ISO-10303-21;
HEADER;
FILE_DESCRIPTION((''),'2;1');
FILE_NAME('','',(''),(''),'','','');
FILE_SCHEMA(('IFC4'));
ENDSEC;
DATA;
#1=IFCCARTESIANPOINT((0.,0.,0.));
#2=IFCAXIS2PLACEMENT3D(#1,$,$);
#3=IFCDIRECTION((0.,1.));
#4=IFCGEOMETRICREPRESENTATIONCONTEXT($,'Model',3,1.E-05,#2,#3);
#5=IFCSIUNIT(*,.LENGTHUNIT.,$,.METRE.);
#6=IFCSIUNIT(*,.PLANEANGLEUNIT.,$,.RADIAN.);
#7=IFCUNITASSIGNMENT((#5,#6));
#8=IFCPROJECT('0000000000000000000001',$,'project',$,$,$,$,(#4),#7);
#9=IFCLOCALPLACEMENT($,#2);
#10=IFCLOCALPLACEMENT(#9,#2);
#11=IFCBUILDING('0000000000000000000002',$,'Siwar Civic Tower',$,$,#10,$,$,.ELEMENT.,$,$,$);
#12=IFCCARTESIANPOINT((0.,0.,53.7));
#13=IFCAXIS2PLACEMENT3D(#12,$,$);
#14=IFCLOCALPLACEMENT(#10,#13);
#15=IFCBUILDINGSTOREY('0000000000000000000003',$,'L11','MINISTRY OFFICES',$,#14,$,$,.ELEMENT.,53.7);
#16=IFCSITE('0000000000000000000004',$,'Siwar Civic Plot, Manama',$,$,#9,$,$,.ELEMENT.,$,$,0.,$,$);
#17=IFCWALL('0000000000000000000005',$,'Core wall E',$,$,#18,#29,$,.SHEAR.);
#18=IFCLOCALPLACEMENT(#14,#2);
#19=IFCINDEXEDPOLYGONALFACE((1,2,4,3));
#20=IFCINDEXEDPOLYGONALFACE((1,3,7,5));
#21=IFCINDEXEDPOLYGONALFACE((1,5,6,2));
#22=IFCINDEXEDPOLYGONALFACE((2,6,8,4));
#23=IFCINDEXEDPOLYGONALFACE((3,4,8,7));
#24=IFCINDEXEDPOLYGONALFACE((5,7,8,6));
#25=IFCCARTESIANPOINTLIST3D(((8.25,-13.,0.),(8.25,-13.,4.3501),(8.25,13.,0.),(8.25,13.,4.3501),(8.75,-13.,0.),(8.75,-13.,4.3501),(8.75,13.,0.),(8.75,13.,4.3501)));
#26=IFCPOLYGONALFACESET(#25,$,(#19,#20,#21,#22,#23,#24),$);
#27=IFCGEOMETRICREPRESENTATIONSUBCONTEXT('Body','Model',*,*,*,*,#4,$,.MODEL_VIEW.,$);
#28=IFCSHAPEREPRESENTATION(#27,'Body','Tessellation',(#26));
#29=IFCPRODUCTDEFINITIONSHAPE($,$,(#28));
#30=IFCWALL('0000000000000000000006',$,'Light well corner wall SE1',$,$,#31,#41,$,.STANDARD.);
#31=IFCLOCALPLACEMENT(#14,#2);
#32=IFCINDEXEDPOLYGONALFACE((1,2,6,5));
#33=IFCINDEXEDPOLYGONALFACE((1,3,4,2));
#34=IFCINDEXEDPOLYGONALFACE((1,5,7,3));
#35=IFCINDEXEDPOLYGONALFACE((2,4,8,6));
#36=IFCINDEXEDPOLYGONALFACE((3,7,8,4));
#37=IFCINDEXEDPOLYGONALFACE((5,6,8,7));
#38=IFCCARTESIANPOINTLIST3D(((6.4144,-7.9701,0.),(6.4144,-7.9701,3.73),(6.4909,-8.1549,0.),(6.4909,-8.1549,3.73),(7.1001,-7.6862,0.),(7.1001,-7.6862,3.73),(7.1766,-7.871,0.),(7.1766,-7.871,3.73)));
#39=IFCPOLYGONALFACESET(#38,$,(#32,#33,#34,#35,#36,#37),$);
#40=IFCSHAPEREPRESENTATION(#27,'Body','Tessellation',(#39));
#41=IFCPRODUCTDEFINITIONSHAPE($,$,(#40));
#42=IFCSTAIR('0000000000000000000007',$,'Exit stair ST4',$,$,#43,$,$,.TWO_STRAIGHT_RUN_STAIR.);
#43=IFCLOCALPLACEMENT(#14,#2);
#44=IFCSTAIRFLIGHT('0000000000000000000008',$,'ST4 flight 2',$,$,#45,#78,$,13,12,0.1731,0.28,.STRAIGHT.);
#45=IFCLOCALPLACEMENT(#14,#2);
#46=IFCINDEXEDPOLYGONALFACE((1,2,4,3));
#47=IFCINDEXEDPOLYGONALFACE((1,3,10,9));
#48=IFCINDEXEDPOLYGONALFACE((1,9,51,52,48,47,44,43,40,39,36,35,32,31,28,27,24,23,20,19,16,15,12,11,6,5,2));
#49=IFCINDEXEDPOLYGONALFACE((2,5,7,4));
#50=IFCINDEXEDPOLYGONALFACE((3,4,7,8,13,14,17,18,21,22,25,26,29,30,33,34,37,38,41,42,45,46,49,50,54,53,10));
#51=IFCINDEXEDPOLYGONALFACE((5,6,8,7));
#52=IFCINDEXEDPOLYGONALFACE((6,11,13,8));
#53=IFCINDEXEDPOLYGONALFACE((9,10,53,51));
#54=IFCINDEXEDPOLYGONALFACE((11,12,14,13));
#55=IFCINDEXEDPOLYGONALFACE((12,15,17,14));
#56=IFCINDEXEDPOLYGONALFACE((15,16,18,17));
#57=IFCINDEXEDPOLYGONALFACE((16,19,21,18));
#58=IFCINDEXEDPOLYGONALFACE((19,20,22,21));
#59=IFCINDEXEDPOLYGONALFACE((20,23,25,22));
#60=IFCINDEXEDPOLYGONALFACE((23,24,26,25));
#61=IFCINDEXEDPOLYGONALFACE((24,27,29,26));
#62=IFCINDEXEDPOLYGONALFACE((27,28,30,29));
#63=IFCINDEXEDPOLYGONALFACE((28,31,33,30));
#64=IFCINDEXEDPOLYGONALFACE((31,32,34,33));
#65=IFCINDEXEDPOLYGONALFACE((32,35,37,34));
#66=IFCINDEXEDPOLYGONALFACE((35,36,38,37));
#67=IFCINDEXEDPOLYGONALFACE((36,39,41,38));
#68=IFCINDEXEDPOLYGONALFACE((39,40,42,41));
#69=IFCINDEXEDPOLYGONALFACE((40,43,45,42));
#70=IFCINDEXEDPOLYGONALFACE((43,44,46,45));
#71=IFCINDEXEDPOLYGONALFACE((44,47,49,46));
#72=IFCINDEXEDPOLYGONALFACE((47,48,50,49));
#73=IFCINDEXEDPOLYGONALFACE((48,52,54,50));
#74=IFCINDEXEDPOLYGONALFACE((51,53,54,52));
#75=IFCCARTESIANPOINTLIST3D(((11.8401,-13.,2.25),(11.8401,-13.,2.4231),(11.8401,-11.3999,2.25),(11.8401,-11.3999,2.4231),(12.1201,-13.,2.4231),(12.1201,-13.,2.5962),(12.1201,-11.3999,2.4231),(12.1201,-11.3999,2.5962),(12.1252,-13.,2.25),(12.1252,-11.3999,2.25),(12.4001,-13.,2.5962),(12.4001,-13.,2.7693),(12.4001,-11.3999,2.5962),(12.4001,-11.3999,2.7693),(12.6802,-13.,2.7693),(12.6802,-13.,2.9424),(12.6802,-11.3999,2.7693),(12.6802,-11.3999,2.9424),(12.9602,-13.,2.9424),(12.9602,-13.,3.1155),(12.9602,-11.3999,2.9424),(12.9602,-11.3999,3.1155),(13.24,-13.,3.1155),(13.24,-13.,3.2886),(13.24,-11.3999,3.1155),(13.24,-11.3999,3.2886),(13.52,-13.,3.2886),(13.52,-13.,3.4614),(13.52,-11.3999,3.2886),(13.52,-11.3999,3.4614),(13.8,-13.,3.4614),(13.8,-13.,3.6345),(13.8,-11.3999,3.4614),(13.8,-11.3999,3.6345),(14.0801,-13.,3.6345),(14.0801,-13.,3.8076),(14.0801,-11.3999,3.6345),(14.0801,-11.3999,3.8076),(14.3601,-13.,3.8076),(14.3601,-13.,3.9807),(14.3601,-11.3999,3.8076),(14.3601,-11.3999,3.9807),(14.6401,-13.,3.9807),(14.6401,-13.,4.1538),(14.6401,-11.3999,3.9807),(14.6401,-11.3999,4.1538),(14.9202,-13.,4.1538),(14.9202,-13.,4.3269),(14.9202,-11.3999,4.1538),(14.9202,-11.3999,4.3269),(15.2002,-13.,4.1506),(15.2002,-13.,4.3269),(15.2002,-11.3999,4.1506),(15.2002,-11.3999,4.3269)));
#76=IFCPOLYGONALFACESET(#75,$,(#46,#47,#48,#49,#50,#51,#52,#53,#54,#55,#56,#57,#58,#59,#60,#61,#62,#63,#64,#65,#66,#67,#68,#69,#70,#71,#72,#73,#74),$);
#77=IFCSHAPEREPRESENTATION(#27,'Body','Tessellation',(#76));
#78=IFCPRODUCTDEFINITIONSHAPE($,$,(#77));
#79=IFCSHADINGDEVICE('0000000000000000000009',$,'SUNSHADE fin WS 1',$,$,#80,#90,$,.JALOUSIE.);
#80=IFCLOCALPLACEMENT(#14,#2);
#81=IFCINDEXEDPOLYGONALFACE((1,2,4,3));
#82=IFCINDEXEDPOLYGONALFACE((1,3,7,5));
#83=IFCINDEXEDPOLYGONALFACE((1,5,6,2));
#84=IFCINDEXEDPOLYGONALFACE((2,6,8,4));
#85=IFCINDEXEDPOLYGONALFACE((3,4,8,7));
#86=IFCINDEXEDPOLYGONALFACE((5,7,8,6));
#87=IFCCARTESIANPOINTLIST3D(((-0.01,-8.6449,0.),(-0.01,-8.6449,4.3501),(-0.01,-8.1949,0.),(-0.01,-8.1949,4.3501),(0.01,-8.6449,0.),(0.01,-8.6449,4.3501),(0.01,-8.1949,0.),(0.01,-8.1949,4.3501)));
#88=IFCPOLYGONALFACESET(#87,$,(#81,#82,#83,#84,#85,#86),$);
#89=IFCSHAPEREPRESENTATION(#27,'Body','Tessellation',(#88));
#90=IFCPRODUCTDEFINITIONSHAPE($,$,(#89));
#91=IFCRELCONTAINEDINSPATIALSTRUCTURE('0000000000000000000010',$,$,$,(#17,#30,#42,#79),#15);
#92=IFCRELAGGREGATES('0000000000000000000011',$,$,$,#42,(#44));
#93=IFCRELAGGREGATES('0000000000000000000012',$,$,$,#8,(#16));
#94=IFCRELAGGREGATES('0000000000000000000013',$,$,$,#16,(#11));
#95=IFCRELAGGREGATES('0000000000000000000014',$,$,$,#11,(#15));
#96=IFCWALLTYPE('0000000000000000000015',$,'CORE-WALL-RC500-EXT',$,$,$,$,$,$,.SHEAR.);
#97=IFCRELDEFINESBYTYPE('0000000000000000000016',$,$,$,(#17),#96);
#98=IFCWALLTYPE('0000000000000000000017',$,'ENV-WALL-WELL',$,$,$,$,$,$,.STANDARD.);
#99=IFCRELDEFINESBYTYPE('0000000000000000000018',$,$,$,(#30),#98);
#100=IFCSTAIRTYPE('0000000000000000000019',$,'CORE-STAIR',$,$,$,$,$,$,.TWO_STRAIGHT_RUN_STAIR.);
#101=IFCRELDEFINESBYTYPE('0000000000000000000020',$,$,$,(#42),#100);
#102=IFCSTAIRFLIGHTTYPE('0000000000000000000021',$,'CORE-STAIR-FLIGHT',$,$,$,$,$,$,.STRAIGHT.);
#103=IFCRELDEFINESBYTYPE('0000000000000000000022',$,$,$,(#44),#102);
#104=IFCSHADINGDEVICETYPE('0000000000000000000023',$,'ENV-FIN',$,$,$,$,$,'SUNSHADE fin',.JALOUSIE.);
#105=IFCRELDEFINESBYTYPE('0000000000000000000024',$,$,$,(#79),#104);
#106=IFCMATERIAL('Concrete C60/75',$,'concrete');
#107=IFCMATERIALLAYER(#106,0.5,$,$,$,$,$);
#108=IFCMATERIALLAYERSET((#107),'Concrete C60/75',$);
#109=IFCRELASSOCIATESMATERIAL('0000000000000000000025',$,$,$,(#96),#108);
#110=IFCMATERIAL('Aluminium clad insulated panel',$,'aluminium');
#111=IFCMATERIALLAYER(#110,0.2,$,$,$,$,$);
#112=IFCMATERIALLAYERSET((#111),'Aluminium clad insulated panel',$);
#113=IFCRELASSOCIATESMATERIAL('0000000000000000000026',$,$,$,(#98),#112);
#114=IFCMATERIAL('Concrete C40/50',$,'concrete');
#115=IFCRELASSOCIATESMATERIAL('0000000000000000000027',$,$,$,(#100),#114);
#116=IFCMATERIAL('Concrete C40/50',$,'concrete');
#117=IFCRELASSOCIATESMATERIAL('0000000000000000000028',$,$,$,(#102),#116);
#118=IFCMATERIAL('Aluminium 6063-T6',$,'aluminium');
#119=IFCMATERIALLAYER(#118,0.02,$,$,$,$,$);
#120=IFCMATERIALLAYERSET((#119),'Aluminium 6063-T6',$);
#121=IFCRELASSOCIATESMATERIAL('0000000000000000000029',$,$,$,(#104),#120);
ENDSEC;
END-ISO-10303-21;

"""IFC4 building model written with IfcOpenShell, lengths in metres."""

from ifc_helpers import new_model, si_unit, direction, frame, frame_2d, origin, origin_2d, place, context, subcontext, project, spatial, polyline, rectangle, outline, extrude, material, layer, layer_set, type_object, element, aggregate, save


model = new_model("IFC4")

# Units and contexts
model_context = context("Model", 3, precision=1e-05, world=origin(), true_north=direction((0.0, 1.0)))
body_context = subcontext(model_context, "Body", "Model", "MODEL_VIEW")
ifc_project = project(units=[si_unit("LENGTHUNIT", "METRE"), si_unit("PLANEANGLEUNIT", "RADIAN")], contexts=[model_context])

# Site, building, storey
site_placement = place(None, origin())
site = spatial("IfcSite", under=ifc_project, at=site_placement, Name="Siwar Civic Plot, Manama", CompositionType="ELEMENT", RefElevation=0.0)
building_placement = place(site_placement, origin())
building = spatial("IfcBuilding", under=site, at=building_placement, Name="Siwar Civic Tower", CompositionType="ELEMENT")
storey_placement = place(building_placement, frame((0.0, 0.0, 53.7)))
storey = spatial("IfcBuildingStorey", under=building, at=storey_placement, Name="L11", Description="MINISTRY OFFICES", CompositionType="ELEMENT", Elevation=53.7)

# Walls
ifc_material_1 = material(Name="Concrete C60/75", Category="concrete")
ifc_layer_1 = layer(ifc_material_1, 0.5)
ifc_layer_set_1 = layer_set([ifc_layer_1], Name="Concrete C60/75")
wall_type_1 = type_object("IfcWallType", Name="CORE-WALL-RC500-EXT", PredefinedType="SHEAR", material=ifc_layer_set_1)
wall_1_placement = place(storey_placement, frame((8.5, -13.0, 0.0), z_axis=(0.0, 0.0, 1.0), x_axis=(0.0, 1.0, 0.0)))
element("IfcWall", 1, at=wall_1_placement, inside=storey, type_object=wall_type_1, Name="Core wall E", PredefinedType="SHEAR", context=body_context, shape_type="SweptSolid", body=[
    extrude(rectangle(XDim=26.0, YDim=0.5, at=frame_2d((13.0, 0.0))), origin(), (0.0, 0.0, 1.0), 4.3501),
])
ifc_material_2 = material(Name="Aluminium clad insulated panel", Category="aluminium")
ifc_layer_2 = layer(ifc_material_2, 0.2)
ifc_layer_set_2 = layer_set([ifc_layer_2], Name="Aluminium clad insulated panel")
wall_type_2 = type_object("IfcWallType", Name="ENV-WALL-WELL", PredefinedType="STANDARD", material=ifc_layer_set_2)
wall_2_placement = place(storey_placement, frame((6.4526, -8.0625, 0.0), z_axis=(0.0, 0.0, 1.0), x_axis=(0.923941, 0.382536, 0.0)))
element("IfcWall", 2, at=wall_2_placement, inside=storey, type_object=wall_type_2, Name="Light well corner wall SE1", PredefinedType="STANDARD", context=body_context, shape_type="SweptSolid", body=[
    extrude(rectangle(XDim=0.7422, YDim=0.2, at=frame_2d((0.3711, 0.0))), origin(), (0.0, 0.0, 1.0), 3.73),
])

# Stair, stair flight
ifc_material_3 = material(Name="Concrete C40/50", Category="concrete")
stair_type = type_object("IfcStairType", Name="CORE-STAIR", PredefinedType="TWO_STRAIGHT_RUN_STAIR", material=ifc_material_3)
stair_placement = place(storey_placement, origin())
stair = element("IfcStair", 3, at=stair_placement, inside=storey, type_object=stair_type, Name="Exit stair ST4", PredefinedType="TWO_STRAIGHT_RUN_STAIR")
ifc_material_4 = material(Name="Concrete C40/50", Category="concrete")
stair_flight_type = type_object("IfcStairFlightType", Name="CORE-STAIR-FLIGHT", PredefinedType="STRAIGHT", material=ifc_material_4)
stair_flight_placement = place(storey_placement, frame((11.8401, -12.2, 2.25), z_axis=(0.0, 0.0, 1.0), x_axis=(1.0, 0.0, 0.0)))
stair_flight = element("IfcStairFlight", 4, at=stair_flight_placement, type_object=stair_flight_type, Name="ST4 flight 2", NumberOfRisers=13, NumberOfTreads=12, PredefinedType="STRAIGHT", RiserHeight=0.1731, TreadLength=0.28, context=body_context, shape_type="SweptSolid", body=[
    extrude(outline(polyline([(0.0, 0.0), (0.0, 0.1731), (0.28, 0.1731), (0.28, 0.3462), (0.5601, 0.3462), (0.5601, 0.5193), (0.8401, 0.5193), (0.8401, 0.6924), (1.1201, 0.6924), (1.1201, 0.8655), (1.3999, 0.8655), (1.3999, 1.0386), (1.6799, 1.0386), (1.6799, 1.2114), (1.96, 1.2114), (1.96, 1.3845), (2.24, 1.3845), (2.24, 1.5576), (2.52, 1.5576), (2.52, 1.7307), (2.8, 1.7307), (2.8, 1.9038), (3.0801, 1.9038), (3.0801, 2.0769), (3.3601, 2.0769), (3.3601, 2.25), (3.3601, 1.9006), (0.2852, 0.0), (0.0, 0.0)])), frame((0.0, 0.8, 0.0), z_axis=(0.0, -1.0, 0.0), x_axis=(1.0, 0.0, 0.0)), (0.0, 0.0, 1.0), 1.6001),
])
aggregate(stair, [stair_flight])

# Shading device
ifc_material_5 = material(Name="Aluminium 6063-T6", Category="aluminium")
ifc_layer_3 = layer(ifc_material_5, 0.02)
ifc_layer_set_3 = layer_set([ifc_layer_3], Name="Aluminium 6063-T6")
shading_device_type = type_object("IfcShadingDeviceType", Name="ENV-FIN", ElementType="SUNSHADE fin", PredefinedType="JALOUSIE", material=ifc_layer_set_3)
shading_device_placement = place(storey_placement, frame((0.0, -8.4199, 0.0), z_axis=(0.0, 0.0, 1.0), x_axis=(1.0, 0.0, 0.0)))
element("IfcShadingDevice", 5, at=shading_device_placement, inside=storey, type_object=shading_device_type, Name="SUNSHADE fin WS 1", PredefinedType="JALOUSIE", context=body_context, shape_type="SweptSolid", body=[
    extrude(rectangle(XDim=0.02, YDim=0.45, at=origin_2d()), origin(), (0.0, 0.0, 1.0), 4.3501),
])

save(model, "model.ifc")
